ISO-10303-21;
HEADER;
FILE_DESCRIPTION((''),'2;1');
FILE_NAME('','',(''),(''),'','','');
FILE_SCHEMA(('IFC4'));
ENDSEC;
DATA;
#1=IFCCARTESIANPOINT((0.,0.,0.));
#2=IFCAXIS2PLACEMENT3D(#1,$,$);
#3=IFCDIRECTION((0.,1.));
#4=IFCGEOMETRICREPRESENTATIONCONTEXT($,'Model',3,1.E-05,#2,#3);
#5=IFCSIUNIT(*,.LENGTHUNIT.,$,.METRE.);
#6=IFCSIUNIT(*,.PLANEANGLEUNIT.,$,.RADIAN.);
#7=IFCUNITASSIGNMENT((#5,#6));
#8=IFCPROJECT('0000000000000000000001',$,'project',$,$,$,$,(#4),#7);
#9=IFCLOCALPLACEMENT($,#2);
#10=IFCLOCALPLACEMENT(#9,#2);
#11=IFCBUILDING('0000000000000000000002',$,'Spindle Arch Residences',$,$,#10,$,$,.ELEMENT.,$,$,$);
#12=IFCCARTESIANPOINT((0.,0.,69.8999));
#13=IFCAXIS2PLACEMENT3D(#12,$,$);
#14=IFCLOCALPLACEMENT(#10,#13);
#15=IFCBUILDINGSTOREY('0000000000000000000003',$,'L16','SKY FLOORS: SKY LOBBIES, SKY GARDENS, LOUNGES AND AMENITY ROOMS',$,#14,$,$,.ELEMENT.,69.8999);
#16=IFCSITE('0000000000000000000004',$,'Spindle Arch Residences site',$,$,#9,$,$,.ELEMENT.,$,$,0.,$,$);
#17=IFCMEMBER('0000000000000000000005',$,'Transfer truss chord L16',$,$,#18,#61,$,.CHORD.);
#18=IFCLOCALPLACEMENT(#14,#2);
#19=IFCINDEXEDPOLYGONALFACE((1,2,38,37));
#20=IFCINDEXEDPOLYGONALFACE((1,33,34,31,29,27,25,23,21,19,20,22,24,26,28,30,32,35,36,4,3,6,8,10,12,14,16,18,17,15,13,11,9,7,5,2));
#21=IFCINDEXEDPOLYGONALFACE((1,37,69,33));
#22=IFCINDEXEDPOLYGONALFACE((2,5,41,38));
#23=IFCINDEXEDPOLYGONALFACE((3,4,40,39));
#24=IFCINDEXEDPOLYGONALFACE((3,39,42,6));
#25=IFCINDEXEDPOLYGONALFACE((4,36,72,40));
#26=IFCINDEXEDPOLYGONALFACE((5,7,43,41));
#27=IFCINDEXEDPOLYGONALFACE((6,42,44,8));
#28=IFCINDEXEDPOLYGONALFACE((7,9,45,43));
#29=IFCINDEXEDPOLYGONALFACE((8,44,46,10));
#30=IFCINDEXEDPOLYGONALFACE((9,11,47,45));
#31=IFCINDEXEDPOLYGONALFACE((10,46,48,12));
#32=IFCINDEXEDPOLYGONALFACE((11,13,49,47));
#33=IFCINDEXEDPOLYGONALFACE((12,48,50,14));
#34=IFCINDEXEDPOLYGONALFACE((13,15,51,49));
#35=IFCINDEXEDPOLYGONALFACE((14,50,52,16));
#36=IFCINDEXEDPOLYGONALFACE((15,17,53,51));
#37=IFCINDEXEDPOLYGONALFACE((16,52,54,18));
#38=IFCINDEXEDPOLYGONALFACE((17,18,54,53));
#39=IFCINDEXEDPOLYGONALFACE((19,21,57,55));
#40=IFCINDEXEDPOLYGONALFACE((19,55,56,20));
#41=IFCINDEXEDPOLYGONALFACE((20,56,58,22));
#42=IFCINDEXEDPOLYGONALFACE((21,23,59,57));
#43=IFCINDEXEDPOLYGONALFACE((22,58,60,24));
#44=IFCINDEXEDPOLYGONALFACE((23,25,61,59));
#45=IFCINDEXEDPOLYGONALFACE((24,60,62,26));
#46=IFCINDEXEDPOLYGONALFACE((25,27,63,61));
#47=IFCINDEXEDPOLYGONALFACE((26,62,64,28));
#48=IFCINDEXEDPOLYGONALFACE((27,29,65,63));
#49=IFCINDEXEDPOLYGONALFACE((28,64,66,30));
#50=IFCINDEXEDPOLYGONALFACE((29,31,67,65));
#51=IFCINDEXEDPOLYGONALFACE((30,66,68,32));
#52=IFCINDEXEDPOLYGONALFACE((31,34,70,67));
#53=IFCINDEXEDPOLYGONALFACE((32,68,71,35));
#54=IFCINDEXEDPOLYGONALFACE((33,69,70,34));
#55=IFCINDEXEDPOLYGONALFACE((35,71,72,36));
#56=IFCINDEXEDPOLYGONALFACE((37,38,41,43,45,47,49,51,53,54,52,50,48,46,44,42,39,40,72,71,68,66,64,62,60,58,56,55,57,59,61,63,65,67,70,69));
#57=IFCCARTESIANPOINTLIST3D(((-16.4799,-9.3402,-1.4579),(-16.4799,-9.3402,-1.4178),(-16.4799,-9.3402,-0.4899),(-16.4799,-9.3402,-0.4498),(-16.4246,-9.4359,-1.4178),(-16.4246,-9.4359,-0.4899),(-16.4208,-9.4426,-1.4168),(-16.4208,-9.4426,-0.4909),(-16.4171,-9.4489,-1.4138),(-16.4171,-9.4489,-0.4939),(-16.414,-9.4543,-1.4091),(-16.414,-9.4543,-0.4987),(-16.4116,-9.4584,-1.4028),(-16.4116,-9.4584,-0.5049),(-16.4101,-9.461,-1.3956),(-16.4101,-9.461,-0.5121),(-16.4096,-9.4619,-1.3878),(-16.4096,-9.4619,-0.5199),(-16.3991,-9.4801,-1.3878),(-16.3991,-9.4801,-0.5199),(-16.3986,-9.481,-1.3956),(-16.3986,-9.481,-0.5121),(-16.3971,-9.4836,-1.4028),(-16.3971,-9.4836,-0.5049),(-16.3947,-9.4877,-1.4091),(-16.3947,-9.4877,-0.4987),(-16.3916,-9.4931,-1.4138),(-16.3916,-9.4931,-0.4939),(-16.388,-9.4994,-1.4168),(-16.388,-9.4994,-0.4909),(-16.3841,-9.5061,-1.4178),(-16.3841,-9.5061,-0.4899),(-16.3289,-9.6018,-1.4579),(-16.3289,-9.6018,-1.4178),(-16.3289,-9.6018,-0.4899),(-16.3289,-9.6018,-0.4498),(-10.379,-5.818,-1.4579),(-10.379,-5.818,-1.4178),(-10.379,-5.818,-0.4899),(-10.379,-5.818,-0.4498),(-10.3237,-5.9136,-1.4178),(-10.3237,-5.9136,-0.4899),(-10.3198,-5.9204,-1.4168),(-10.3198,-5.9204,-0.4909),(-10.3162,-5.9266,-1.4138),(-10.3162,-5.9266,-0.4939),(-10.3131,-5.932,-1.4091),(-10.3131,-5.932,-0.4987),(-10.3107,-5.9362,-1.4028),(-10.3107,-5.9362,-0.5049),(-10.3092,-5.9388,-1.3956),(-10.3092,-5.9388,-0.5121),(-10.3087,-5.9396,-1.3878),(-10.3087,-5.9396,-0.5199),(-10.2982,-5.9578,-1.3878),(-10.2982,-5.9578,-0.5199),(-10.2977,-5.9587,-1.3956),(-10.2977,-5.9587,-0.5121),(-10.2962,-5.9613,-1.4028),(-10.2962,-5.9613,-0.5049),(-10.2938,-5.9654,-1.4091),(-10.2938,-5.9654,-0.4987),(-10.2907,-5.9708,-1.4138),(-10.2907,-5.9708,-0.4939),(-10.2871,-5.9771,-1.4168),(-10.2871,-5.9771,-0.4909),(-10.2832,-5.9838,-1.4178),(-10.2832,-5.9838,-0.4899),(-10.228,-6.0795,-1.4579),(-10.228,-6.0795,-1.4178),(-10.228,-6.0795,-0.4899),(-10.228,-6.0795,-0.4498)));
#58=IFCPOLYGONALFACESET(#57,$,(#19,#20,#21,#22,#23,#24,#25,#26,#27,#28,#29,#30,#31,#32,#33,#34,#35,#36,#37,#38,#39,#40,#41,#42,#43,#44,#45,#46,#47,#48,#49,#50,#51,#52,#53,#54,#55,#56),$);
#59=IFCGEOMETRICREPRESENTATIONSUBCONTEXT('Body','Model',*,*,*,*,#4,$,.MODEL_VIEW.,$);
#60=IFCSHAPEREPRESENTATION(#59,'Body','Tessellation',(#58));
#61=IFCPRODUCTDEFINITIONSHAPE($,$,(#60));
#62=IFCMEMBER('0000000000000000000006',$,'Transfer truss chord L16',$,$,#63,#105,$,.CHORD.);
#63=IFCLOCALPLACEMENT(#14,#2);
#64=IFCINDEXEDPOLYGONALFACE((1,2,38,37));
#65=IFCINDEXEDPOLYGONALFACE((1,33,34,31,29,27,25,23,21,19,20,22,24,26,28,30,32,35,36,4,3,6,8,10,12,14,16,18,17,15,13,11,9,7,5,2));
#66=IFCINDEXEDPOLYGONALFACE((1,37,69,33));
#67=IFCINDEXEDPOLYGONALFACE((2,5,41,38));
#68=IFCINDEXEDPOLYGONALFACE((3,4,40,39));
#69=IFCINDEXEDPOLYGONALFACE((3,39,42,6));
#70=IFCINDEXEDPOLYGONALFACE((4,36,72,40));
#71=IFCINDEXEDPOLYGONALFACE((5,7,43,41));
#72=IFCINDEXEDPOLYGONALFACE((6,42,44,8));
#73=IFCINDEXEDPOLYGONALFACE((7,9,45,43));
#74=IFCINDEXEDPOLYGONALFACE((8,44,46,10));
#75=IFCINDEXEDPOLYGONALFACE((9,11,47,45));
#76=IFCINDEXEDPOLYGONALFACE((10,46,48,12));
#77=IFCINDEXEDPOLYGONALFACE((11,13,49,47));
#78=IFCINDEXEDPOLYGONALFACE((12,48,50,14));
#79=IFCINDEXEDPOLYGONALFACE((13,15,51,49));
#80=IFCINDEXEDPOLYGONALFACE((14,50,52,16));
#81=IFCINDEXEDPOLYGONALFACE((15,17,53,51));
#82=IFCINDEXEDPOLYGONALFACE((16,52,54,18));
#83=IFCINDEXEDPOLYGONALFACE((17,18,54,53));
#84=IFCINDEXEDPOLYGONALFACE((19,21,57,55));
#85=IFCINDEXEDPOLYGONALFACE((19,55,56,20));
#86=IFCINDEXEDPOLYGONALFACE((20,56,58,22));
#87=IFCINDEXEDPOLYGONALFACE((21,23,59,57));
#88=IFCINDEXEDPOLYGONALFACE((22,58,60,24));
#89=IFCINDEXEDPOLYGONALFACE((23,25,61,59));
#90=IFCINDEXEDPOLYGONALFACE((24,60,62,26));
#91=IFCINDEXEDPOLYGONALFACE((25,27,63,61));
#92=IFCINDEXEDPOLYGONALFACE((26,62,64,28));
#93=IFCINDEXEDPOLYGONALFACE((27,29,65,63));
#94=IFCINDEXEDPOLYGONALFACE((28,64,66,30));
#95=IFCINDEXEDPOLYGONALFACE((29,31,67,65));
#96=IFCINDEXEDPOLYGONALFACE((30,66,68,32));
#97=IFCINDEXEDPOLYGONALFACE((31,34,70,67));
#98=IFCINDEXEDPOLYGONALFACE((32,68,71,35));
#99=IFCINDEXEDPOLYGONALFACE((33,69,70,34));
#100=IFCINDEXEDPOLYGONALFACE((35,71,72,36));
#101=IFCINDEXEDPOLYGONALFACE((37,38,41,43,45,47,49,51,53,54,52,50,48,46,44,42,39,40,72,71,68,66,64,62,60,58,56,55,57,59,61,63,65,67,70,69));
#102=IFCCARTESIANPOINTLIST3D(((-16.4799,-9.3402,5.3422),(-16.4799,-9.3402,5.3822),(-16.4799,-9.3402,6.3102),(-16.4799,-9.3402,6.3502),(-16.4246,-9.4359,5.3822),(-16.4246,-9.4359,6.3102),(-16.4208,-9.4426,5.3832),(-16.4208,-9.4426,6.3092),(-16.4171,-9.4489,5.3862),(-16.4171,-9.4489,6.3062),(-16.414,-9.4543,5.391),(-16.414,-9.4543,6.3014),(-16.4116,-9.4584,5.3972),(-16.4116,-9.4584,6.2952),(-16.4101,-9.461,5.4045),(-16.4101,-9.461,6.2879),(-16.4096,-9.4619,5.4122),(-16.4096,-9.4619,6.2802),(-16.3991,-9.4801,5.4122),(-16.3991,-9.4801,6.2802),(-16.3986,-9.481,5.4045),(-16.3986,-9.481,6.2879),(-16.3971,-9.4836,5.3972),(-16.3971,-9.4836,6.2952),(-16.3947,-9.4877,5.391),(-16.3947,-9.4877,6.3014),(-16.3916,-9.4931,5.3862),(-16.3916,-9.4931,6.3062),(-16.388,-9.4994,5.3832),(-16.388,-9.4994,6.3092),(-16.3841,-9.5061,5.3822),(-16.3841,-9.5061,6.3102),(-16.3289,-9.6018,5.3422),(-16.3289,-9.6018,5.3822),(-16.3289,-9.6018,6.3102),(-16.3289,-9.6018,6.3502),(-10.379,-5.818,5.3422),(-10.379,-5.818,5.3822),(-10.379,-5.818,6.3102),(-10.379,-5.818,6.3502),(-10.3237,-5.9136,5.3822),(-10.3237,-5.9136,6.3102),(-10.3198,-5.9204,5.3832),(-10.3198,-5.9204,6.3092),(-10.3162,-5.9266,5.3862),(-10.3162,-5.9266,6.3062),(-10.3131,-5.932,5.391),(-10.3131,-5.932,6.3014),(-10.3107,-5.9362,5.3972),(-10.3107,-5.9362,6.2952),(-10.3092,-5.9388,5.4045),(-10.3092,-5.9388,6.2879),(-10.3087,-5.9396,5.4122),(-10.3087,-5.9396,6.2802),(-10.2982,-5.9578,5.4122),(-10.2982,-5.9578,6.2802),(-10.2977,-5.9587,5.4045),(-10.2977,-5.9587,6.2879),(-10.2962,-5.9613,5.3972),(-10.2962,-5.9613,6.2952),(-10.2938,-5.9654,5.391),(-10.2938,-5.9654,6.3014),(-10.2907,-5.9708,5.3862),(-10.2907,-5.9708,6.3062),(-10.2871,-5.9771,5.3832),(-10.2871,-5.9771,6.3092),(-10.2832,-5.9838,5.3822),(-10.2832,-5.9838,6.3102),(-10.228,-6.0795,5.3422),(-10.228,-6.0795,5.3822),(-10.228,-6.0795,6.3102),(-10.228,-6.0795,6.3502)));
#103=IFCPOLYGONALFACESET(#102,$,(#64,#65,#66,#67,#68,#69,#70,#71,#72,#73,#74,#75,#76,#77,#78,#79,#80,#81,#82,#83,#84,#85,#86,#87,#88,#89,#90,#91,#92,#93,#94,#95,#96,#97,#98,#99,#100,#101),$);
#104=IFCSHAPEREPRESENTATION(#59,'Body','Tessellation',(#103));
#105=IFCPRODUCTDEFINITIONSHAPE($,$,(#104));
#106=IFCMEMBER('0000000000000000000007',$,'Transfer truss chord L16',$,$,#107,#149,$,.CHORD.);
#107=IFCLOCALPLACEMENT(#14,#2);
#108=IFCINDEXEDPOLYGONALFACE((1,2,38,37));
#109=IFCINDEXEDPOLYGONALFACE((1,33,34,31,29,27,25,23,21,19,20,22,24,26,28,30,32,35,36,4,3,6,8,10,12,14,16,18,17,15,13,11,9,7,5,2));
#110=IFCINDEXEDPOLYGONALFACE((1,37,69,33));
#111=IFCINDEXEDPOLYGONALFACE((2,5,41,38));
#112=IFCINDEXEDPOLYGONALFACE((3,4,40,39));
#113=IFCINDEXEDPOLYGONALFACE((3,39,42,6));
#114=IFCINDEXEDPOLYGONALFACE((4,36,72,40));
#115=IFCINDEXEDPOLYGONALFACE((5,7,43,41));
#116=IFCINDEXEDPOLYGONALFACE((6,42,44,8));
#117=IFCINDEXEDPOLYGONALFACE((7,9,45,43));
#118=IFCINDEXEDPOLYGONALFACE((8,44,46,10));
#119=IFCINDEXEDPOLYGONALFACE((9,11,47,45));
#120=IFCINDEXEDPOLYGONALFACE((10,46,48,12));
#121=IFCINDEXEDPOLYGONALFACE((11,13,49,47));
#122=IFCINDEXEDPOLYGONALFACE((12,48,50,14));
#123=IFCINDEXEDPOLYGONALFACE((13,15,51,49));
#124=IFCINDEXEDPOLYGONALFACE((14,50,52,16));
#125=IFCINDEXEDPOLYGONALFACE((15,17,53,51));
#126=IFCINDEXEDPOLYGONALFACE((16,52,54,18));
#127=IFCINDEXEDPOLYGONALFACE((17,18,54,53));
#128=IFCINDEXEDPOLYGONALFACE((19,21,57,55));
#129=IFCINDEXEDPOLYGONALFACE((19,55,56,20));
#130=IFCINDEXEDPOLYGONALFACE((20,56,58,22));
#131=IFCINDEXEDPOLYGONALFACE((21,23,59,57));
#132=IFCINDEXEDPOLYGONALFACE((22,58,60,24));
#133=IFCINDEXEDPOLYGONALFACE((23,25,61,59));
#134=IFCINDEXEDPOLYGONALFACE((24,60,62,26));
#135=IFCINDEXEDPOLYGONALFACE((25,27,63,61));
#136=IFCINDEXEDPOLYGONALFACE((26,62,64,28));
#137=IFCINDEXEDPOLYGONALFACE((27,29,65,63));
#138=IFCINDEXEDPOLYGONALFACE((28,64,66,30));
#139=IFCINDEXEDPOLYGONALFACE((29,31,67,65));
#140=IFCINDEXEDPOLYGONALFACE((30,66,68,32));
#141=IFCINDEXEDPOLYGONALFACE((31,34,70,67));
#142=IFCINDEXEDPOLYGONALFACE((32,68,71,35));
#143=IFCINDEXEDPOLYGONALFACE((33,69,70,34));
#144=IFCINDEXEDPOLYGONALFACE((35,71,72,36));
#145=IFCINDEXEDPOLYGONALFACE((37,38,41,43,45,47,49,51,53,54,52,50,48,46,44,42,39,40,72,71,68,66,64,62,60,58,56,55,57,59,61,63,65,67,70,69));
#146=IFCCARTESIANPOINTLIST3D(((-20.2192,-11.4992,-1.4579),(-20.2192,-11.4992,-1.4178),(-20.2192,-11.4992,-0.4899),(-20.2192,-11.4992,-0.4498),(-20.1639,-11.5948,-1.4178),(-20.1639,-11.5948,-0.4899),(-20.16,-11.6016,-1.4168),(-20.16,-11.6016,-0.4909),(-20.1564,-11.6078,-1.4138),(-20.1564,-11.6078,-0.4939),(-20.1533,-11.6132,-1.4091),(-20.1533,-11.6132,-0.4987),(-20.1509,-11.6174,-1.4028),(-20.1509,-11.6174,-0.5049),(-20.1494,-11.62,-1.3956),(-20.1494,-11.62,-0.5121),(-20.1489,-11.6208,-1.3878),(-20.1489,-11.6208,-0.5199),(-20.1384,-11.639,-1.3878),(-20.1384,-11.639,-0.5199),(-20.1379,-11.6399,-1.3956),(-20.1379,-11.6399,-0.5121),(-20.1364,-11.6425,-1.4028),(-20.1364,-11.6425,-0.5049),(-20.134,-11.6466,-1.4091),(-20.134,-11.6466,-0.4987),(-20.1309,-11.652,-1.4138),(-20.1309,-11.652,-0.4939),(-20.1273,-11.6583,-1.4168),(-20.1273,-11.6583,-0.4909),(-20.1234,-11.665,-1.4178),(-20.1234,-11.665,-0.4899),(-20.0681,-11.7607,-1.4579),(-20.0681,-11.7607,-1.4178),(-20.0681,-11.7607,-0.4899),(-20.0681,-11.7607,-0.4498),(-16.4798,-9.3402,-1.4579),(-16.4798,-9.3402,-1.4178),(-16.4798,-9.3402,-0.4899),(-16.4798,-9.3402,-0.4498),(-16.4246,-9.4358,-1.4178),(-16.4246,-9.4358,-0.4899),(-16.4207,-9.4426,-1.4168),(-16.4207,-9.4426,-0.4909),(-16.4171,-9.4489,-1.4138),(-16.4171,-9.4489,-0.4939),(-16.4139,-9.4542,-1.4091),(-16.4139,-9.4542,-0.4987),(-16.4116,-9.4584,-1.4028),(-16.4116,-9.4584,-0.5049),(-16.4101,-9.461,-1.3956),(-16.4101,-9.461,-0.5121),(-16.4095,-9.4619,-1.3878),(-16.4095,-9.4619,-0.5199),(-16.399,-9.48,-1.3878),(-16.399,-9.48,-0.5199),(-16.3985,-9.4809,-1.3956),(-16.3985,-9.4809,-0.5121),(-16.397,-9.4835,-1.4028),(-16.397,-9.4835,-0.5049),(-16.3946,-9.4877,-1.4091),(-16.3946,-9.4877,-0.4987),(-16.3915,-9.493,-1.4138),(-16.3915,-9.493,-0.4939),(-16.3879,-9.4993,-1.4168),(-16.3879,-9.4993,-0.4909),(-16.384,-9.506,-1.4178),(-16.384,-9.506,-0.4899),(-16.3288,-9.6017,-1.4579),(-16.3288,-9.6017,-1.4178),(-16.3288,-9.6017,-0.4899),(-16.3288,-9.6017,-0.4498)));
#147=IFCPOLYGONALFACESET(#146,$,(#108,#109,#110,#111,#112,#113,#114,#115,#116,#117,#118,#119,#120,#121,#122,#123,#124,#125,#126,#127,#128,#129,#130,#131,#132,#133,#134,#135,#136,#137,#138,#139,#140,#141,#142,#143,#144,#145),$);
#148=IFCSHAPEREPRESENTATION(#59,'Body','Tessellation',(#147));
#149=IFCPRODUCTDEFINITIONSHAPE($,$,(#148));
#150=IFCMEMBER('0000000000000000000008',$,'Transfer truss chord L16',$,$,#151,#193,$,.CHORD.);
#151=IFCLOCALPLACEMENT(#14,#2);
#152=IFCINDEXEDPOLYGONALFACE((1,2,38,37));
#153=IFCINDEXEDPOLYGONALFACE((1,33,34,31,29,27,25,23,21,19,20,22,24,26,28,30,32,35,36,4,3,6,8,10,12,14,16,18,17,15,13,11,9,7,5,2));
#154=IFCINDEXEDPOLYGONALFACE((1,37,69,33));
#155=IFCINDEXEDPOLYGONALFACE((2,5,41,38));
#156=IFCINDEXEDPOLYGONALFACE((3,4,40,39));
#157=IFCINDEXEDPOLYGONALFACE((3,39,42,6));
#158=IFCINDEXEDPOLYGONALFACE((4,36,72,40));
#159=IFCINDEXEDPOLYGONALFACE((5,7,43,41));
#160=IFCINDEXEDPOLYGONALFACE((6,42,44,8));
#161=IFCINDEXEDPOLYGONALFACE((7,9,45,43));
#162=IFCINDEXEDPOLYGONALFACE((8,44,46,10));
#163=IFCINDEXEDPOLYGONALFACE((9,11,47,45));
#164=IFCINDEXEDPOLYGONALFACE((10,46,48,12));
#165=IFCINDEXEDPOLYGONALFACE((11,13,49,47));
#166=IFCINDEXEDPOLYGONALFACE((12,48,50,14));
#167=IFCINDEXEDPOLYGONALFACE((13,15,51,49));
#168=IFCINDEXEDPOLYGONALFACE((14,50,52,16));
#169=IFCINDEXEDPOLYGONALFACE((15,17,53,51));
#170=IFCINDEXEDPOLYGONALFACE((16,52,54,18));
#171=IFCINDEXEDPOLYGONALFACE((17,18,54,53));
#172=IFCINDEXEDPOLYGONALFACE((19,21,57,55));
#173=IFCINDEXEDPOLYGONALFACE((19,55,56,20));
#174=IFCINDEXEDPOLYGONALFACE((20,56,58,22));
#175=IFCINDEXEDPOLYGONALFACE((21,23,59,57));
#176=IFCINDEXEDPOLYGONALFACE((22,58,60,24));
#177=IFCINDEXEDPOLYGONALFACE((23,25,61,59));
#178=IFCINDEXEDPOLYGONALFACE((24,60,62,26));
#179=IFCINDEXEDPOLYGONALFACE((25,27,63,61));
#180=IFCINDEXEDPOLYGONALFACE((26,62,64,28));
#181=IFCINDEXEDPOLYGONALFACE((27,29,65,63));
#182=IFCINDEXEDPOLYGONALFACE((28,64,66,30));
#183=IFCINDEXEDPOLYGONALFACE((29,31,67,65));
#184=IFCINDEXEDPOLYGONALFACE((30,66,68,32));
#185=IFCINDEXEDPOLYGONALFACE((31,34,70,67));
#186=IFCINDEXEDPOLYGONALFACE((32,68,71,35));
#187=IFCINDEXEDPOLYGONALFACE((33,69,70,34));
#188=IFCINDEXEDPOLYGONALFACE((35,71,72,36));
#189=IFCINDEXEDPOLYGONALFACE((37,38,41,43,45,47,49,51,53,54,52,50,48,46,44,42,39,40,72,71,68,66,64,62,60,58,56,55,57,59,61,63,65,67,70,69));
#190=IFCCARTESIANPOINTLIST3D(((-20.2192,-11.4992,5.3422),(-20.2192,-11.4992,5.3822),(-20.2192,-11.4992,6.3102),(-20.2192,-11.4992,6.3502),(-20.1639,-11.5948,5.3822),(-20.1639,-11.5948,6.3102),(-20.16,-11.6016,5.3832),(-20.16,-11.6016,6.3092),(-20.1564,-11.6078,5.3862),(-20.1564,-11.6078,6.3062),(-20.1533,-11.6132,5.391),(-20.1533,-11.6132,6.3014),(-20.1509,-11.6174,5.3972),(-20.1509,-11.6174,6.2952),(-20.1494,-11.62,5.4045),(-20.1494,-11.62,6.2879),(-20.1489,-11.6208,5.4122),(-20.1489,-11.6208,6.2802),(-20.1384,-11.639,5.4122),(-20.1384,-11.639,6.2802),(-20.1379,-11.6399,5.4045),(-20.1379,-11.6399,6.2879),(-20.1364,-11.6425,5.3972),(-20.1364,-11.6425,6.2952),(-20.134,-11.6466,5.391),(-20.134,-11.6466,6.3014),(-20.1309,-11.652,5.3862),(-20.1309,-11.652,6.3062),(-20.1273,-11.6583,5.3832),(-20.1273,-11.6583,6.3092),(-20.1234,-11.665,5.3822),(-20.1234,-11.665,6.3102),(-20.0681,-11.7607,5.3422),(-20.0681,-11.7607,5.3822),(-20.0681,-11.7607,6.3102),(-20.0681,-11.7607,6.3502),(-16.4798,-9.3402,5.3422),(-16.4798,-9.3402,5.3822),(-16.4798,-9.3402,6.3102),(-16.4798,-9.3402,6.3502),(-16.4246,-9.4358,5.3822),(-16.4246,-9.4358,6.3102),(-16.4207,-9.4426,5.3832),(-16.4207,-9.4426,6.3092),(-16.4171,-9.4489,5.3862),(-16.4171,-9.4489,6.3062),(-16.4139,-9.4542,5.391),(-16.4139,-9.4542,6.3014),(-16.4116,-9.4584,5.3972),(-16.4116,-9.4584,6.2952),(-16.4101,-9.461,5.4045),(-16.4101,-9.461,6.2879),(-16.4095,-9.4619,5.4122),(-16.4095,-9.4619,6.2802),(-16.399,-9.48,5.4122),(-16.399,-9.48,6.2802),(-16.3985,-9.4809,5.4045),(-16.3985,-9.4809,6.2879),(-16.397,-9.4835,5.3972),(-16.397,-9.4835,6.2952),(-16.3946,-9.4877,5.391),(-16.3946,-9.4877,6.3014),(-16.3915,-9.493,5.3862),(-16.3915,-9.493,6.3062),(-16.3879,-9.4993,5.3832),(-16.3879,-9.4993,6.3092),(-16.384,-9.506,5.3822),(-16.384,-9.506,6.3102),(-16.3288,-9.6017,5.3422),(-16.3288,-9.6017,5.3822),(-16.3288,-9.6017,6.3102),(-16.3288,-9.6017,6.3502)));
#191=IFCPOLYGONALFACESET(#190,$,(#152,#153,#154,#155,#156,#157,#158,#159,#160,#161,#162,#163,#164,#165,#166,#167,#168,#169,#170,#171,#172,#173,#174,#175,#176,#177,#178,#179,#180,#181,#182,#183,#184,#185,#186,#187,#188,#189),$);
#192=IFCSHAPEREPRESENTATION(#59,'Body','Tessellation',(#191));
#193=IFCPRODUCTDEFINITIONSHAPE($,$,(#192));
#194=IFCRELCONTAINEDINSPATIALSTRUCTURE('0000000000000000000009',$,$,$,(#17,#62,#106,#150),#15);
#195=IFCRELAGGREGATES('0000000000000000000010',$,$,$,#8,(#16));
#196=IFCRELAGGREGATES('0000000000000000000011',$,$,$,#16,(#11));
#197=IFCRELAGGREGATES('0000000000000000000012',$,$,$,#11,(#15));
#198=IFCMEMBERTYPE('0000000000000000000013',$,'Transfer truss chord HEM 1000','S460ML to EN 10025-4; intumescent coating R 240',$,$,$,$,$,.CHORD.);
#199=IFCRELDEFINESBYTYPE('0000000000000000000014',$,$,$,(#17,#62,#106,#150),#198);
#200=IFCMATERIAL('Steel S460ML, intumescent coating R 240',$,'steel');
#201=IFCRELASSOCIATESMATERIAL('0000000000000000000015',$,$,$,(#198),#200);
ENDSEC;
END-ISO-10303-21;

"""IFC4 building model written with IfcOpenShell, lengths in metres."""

from ifc_helpers import new_model, si_unit, direction, frame, origin, origin_2d, place, context, subcontext, project, spatial, i_section, extrude, material, material_profile, profile_set, type_object, element, save


model = new_model("IFC4")

# Units and contexts
model_context = context("Model", 3, precision=1e-05, world=origin(), true_north=direction((0.0, 1.0)))
body_context = subcontext(model_context, "Body", "Model", "MODEL_VIEW")
ifc_project = project(units=[si_unit("LENGTHUNIT", "METRE"), si_unit("PLANEANGLEUNIT", "RADIAN")], contexts=[model_context])

# Site, building, storey
site_placement = place(None, origin())
site = spatial("IfcSite", under=ifc_project, at=site_placement, Name="Spindle Arch Residences site", CompositionType="ELEMENT", RefElevation=0.0)
building_placement = place(site_placement, origin())
building = spatial("IfcBuilding", under=site, at=building_placement, Name="Spindle Arch Residences", CompositionType="ELEMENT")
storey_placement = place(building_placement, frame((0.0, 0.0, 69.8999)))
storey = spatial("IfcBuildingStorey", under=building, at=storey_placement, Name="L16", Description="SKY FLOORS: SKY LOBBIES, SKY GARDENS, LOUNGES AND AMENITY ROOMS", CompositionType="ELEMENT", Elevation=69.8999)

# Members
ifc_material_1 = material(Name="Steel S460ML, intumescent coating R 240", Category="steel")
ifc_material_profile_1 = material_profile(ifc_material_1, i_section(OverallWidth=0.302, OverallDepth=1.0081, WebThickness=0.021, FlangeThickness=0.04, FilletRadius=0.03, at=origin_2d()), Name="HEM 1000")
ifc_profile_set_1 = profile_set([ifc_material_profile_1], Name="Steel S460ML, intumescent coating R 240")
member_type_1 = type_object("IfcMemberType", Name="Transfer truss chord HEM 1000", Description="S460ML to EN 10025-4; intumescent coating R 240", PredefinedType="CHORD", material=ifc_profile_set_1)
for number, where, z_axis, x_axis, name in (
    (1, (-10.3035, -5.9487, -0.9539), (-0.866031, -0.499989, 0.0), (0.499989, -0.866031, 0.0), "Transfer truss chord L16"),
    (2, (-10.3035, -5.9487, 5.8462), (-0.866031, -0.499989, 0.0), (0.499989, -0.866031, 0.0), "Transfer truss chord L16"),
):
    element("IfcMember", number, at=place(storey_placement, frame(where, z_axis=z_axis, x_axis=x_axis)), inside=storey, type_object=member_type_1, Name=name, PredefinedType="CHORD", context=body_context, shape_type="SweptSolid", body=[
        extrude(i_section(OverallWidth=0.302, OverallDepth=1.0081, WebThickness=0.021, FlangeThickness=0.04, FilletRadius=0.03, at=origin_2d()), origin(), (0.0, 0.0, 1.0), 7.0447),
    ])
for number, where, z_axis, x_axis, name in (
    (3, (-16.4043, -9.4709, -0.9539), (-0.866018, -0.500013, 0.0), (0.500013, -0.866018, 0.0), "Transfer truss chord L16"),
    (4, (-16.4043, -9.4709, 5.8462), (-0.866018, -0.500013, 0.0), (0.500013, -0.866018, 0.0), "Transfer truss chord L16"),
):
    element("IfcMember", number, at=place(storey_placement, frame(where, z_axis=z_axis, x_axis=x_axis)), inside=storey, type_object=member_type_1, Name=name, PredefinedType="CHORD", context=body_context, shape_type="SweptSolid", body=[
        extrude(i_section(OverallWidth=0.302, OverallDepth=1.0081, WebThickness=0.021, FlangeThickness=0.04, FilletRadius=0.03, at=origin_2d()), origin(), (0.0, 0.0, 1.0), 4.3179),
    ])

save(model, "model.ifc")
